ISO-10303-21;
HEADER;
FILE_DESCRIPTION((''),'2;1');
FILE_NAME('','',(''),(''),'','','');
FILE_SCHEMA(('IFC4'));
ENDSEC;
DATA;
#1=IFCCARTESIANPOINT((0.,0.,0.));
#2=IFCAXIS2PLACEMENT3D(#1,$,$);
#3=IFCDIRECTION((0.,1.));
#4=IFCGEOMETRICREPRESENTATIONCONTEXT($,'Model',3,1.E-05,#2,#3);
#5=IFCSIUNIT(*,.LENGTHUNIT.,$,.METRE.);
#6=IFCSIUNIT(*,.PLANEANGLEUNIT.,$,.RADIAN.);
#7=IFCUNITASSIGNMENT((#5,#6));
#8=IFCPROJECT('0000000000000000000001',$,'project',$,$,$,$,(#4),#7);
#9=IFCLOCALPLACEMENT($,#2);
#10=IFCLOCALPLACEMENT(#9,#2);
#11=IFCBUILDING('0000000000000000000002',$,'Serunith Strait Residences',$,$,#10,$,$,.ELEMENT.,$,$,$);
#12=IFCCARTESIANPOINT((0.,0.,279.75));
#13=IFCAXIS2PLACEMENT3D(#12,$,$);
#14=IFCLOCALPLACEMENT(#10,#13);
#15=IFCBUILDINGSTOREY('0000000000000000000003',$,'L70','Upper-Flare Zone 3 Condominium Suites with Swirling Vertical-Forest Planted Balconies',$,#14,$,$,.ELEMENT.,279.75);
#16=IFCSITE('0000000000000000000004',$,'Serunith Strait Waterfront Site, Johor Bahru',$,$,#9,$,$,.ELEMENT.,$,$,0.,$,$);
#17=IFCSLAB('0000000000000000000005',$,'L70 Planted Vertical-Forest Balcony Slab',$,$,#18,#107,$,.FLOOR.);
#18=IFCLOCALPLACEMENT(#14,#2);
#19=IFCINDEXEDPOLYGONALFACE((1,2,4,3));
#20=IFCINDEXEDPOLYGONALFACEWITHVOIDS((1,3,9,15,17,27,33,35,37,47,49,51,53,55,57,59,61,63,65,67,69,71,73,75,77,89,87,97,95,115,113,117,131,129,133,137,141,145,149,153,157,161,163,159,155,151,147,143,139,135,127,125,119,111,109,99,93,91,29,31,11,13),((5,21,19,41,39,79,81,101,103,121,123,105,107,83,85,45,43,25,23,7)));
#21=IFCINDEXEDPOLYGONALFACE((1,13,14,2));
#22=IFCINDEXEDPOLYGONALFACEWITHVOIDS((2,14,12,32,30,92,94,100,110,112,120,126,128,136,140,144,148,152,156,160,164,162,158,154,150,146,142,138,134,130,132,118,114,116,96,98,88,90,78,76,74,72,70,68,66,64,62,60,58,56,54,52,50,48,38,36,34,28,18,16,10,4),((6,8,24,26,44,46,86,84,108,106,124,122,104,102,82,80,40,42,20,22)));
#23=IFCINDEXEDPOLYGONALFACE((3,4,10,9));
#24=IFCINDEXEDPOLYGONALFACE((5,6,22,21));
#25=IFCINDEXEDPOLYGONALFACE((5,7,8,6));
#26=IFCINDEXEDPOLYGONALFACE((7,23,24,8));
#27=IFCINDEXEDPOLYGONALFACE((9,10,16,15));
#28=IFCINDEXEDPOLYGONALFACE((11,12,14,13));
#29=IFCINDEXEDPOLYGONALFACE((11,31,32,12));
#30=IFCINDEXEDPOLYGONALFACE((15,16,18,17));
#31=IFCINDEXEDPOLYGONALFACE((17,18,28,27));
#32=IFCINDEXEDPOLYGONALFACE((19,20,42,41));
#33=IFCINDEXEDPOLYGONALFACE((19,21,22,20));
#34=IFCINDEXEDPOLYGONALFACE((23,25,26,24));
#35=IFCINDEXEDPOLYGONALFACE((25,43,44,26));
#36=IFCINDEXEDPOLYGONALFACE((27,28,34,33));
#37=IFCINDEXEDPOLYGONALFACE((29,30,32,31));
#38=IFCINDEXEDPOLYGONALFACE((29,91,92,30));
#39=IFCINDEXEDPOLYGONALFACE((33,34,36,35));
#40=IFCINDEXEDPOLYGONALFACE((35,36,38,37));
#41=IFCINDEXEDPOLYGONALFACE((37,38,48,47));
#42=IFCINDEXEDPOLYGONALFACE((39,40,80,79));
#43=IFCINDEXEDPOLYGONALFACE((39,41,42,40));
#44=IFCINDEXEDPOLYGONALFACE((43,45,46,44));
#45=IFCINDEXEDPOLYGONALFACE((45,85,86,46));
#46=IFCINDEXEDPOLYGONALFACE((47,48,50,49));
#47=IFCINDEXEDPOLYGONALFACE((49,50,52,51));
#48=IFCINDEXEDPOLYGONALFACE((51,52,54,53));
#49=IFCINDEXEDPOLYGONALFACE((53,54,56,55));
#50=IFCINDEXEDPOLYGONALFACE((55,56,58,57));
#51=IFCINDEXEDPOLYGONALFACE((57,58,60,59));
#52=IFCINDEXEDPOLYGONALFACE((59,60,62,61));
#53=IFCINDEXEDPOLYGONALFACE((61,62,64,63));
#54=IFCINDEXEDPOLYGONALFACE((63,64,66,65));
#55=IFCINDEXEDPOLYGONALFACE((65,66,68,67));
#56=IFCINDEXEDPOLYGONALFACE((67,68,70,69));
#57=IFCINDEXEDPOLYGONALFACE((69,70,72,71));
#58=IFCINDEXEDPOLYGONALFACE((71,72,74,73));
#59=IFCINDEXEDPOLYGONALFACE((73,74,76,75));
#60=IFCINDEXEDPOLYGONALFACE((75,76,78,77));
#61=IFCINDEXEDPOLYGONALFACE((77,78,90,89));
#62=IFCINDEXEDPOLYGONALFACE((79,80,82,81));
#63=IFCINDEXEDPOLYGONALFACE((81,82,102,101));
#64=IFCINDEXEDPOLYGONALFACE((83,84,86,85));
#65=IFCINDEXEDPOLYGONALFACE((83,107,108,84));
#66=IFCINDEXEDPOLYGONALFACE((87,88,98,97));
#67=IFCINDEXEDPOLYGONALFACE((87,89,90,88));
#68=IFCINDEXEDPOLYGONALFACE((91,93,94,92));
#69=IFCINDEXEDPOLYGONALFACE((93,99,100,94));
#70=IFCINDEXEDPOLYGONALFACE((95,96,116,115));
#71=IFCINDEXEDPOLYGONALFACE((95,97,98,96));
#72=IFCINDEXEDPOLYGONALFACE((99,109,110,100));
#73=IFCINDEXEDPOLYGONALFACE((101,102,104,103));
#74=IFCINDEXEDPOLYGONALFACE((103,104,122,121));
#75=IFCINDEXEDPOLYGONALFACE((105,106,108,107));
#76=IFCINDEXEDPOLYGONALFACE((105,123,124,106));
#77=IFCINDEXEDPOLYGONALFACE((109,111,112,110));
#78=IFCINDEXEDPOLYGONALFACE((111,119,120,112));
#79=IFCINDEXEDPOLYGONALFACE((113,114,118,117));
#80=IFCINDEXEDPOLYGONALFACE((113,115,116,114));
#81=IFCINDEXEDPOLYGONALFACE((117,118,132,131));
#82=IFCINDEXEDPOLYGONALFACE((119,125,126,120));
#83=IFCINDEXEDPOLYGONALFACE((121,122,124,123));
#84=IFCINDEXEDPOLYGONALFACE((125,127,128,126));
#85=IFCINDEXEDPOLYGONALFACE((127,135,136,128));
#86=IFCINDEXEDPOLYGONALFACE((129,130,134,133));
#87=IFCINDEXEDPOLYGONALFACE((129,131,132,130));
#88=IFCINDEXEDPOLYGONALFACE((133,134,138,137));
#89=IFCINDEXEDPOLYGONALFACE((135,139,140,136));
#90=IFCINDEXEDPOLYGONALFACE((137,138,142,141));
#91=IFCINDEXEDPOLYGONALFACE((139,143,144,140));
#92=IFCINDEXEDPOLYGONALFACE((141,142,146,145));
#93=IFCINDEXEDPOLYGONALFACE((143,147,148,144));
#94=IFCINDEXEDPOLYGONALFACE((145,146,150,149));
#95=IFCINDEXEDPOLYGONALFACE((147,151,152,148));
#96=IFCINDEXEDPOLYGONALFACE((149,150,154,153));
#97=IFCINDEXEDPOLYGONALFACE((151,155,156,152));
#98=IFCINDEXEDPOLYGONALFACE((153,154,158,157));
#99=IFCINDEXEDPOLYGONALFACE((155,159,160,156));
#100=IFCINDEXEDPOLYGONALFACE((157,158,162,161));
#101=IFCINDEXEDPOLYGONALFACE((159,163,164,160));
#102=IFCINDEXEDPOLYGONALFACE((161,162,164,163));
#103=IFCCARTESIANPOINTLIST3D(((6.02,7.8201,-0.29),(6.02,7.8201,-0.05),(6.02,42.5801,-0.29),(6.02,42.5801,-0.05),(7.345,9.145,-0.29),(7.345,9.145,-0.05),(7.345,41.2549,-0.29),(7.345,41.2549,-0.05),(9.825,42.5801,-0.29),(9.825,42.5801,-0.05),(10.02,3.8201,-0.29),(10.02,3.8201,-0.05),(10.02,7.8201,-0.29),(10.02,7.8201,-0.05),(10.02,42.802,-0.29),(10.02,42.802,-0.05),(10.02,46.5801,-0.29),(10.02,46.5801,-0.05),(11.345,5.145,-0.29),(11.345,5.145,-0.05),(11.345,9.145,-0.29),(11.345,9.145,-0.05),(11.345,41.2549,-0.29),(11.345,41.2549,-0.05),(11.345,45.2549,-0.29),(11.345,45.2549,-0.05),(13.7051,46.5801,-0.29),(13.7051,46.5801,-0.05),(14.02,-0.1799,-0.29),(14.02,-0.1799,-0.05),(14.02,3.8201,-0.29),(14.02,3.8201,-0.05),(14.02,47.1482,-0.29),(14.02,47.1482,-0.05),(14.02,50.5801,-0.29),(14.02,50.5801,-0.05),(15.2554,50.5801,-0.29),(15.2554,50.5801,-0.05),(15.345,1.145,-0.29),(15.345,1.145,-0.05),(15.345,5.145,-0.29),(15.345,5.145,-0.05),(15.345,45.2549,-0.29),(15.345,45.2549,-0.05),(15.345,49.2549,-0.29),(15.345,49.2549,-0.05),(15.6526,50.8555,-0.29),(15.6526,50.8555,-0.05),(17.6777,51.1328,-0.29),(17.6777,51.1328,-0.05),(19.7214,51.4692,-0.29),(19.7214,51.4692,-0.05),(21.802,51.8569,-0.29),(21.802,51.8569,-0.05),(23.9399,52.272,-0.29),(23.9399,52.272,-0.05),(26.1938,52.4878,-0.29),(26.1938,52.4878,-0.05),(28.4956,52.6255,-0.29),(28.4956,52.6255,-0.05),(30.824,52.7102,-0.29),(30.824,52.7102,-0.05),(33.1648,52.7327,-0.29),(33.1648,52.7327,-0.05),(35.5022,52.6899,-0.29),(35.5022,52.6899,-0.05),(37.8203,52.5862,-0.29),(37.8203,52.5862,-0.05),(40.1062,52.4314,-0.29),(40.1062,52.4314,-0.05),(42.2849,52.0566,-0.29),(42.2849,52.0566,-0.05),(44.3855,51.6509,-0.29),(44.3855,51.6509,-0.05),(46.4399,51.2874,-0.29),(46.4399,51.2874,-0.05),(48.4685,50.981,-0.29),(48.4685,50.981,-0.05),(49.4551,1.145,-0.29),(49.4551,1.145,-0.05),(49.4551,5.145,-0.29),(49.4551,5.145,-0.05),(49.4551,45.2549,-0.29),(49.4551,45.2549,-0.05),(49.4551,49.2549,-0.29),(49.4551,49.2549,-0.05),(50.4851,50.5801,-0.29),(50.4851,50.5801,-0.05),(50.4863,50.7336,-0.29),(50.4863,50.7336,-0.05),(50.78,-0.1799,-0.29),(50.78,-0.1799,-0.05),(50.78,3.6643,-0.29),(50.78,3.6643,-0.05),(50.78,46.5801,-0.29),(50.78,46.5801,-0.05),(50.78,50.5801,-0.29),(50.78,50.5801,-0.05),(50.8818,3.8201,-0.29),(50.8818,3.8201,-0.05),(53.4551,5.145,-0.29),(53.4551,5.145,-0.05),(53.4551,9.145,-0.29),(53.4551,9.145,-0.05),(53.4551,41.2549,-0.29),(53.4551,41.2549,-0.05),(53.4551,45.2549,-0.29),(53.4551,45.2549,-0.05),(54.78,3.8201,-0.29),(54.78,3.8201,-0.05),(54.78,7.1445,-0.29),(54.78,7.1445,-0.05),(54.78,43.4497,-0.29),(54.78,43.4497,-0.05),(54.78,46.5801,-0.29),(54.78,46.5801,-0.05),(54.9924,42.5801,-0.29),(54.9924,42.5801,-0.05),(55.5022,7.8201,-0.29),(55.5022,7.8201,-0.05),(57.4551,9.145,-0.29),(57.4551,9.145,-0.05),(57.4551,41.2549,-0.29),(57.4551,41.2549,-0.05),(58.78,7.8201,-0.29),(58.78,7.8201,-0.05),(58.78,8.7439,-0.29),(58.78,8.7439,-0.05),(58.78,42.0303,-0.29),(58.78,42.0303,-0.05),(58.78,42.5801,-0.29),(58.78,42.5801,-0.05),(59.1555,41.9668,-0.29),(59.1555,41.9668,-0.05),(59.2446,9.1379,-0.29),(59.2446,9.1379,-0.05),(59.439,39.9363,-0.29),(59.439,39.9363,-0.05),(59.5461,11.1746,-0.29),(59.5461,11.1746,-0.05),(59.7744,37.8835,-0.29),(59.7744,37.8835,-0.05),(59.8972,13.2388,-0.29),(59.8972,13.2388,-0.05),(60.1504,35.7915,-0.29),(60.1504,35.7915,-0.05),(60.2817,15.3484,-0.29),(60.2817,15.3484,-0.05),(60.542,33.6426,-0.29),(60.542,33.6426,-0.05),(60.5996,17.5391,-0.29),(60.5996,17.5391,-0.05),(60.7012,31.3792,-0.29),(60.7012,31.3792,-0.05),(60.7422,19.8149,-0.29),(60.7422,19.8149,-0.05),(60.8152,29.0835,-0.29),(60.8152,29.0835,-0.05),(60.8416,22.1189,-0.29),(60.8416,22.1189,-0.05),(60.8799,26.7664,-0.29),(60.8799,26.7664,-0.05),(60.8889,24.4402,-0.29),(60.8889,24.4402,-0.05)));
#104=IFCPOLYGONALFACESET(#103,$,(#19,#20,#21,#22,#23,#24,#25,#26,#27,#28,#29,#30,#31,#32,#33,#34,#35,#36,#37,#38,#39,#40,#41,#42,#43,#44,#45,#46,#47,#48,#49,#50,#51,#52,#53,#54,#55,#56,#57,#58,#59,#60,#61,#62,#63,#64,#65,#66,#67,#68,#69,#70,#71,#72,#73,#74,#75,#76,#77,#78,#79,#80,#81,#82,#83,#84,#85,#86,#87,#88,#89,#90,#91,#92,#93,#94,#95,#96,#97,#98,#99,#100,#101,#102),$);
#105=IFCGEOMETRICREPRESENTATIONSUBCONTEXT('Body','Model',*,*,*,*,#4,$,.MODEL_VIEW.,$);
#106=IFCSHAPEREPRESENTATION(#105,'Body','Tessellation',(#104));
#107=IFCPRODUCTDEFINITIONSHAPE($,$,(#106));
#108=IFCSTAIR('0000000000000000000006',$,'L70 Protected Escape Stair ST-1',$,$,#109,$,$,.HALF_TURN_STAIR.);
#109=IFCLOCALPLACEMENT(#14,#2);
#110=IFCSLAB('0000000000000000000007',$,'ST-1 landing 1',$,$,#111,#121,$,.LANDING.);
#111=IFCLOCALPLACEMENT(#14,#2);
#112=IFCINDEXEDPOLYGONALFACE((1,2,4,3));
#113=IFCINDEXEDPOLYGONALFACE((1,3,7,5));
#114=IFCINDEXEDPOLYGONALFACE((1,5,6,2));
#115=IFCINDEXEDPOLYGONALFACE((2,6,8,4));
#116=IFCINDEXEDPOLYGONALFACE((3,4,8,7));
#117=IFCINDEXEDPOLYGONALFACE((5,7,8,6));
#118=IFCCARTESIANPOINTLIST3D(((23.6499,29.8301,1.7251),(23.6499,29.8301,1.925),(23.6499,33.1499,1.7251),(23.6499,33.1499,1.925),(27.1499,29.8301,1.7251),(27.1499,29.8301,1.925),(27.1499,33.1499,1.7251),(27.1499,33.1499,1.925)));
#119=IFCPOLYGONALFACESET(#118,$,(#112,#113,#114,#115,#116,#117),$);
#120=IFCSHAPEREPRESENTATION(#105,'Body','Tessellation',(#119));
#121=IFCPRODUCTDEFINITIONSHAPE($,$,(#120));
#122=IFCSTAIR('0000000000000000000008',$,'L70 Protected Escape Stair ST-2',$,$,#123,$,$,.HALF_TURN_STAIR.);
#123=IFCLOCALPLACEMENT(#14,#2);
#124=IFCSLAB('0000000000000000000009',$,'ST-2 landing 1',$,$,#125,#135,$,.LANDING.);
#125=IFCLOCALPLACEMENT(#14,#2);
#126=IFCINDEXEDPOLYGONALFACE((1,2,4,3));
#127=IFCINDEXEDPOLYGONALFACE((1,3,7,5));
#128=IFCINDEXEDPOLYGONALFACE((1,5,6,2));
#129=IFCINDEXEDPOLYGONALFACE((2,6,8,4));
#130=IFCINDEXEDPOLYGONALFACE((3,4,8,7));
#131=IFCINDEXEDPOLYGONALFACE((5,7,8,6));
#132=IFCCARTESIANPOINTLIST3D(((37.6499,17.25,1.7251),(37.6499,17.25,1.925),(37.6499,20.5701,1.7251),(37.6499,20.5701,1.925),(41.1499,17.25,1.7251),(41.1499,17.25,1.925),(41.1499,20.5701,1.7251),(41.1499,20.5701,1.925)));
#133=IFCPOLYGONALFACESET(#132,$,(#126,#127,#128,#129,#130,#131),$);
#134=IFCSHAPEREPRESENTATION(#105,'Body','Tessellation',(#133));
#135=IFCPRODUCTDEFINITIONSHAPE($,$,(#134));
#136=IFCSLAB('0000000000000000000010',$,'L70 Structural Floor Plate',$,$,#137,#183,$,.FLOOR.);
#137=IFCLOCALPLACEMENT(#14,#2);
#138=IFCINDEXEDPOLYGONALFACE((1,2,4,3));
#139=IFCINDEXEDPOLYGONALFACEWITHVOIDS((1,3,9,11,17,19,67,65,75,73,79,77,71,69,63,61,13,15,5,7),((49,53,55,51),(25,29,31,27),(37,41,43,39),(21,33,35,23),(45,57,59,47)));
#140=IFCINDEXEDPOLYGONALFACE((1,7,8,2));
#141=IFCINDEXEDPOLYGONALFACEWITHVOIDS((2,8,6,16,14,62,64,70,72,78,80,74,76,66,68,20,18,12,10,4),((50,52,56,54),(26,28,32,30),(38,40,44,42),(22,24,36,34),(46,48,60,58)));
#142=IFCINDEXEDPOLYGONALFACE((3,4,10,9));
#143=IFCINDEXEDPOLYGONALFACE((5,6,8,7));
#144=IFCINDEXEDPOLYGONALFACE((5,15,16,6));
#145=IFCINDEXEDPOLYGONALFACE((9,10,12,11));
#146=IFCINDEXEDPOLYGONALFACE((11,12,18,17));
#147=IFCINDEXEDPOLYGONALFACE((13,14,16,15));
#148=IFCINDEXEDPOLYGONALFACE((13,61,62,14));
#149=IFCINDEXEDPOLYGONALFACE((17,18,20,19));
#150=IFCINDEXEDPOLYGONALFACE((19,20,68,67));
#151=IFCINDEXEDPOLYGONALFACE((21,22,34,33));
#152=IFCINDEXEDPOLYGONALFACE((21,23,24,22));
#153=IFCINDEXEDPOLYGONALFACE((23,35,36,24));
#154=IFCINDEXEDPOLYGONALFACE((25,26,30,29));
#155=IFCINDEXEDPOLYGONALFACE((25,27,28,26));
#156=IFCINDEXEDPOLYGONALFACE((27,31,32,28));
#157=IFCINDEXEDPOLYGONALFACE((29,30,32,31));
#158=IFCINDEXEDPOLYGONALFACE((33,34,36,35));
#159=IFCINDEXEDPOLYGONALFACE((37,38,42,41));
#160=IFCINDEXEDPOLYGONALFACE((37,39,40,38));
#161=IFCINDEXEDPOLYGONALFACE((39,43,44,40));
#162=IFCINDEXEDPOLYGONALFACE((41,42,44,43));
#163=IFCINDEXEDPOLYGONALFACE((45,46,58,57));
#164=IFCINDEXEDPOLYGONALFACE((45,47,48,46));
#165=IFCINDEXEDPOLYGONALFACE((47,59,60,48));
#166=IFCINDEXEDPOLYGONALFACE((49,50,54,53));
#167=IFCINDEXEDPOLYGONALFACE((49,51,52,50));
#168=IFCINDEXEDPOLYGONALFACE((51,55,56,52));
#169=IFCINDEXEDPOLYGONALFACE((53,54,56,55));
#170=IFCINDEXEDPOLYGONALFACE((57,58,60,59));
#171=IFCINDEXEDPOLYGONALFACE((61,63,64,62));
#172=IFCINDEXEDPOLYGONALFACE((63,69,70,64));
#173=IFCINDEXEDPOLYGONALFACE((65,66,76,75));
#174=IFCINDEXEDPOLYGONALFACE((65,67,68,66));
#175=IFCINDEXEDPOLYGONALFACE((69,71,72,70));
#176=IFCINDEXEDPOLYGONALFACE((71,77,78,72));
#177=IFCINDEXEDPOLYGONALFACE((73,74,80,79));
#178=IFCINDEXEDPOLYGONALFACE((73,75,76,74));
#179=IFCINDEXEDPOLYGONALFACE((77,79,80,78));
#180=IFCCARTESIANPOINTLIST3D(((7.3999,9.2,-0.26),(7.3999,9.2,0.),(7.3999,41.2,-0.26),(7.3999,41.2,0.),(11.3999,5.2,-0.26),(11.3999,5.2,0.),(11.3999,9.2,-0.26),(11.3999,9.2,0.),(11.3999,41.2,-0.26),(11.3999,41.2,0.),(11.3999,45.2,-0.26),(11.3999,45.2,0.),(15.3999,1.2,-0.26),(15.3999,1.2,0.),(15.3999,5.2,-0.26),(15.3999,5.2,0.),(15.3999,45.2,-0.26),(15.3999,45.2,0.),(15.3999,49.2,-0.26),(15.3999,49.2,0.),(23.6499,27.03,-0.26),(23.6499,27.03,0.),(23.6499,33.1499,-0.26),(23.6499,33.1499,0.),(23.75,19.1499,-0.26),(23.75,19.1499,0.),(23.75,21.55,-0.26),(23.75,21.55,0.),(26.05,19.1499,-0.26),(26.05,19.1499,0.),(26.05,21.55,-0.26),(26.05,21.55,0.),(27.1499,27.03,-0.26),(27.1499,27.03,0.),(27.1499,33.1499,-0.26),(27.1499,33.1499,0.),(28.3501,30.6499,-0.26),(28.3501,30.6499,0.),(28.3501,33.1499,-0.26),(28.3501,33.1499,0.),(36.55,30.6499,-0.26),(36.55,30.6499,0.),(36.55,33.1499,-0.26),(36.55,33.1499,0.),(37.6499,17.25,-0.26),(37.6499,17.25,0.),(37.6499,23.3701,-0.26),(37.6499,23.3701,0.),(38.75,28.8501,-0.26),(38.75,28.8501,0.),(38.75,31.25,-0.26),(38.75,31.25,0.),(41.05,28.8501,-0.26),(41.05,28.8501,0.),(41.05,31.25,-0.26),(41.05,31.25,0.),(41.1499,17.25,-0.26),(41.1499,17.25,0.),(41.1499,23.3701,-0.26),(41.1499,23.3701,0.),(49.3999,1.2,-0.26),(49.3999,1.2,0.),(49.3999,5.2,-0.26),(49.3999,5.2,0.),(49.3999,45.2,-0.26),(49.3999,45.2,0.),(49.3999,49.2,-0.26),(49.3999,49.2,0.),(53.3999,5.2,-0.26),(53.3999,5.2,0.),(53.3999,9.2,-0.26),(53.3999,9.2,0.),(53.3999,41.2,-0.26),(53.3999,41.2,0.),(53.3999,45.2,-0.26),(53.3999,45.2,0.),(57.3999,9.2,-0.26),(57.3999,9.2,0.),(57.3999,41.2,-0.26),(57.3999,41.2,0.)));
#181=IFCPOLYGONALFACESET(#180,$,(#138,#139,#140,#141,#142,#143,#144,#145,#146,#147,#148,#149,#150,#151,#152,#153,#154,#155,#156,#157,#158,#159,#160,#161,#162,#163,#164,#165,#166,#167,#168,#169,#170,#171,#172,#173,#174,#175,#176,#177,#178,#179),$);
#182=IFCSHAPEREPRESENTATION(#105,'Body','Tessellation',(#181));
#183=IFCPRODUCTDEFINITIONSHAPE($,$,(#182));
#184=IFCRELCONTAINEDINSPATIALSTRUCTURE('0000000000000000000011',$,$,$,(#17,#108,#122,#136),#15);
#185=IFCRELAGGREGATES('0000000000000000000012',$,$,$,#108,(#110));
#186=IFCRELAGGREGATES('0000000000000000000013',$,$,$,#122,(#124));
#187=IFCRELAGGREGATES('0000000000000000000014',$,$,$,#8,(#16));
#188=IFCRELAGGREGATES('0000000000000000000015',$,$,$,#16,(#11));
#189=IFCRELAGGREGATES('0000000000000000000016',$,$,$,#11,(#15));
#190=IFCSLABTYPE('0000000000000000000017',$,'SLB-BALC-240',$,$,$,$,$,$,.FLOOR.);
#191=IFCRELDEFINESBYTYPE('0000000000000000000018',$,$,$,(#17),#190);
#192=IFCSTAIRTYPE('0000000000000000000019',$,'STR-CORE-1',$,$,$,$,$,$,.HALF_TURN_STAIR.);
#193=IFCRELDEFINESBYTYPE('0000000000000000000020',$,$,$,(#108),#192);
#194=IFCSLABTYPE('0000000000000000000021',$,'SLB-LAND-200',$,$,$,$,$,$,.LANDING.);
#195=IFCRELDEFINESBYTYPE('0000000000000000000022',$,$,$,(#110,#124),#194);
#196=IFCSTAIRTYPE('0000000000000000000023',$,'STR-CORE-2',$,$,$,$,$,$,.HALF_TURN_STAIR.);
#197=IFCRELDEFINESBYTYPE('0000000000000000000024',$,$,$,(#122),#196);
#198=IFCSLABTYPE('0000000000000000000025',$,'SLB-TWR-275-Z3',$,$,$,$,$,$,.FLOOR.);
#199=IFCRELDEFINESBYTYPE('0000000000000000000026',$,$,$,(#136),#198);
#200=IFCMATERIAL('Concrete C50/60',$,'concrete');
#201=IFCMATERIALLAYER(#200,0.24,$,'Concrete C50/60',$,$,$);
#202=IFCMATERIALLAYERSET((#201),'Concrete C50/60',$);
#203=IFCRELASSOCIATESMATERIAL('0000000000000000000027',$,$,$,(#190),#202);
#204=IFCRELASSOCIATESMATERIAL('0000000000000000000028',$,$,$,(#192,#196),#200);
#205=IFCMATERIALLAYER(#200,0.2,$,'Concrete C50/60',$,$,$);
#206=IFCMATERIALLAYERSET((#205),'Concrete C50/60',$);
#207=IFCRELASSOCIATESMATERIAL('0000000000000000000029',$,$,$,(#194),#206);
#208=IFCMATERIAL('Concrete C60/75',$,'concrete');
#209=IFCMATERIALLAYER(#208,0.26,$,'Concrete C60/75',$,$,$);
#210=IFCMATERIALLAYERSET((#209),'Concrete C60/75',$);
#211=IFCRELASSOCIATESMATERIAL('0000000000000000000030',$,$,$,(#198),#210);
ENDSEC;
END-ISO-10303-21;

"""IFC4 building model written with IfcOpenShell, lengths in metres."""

from ifc_helpers import new_model, si_unit, direction, frame, origin, place, context, subcontext, project, spatial, polyline, outline, extrude, material, layer, layer_set, type_object, element, aggregate, save


model = new_model("IFC4")

# Units and contexts
model_context = context("Model", 3, precision=1e-05, world=origin(), true_north=direction((0.0, 1.0)))
body_context = subcontext(model_context, "Body", "Model", "MODEL_VIEW")
ifc_project = project(units=[si_unit("LENGTHUNIT", "METRE"), si_unit("PLANEANGLEUNIT", "RADIAN")], contexts=[model_context])

# Site, building, storey
site_placement = place(None, origin())
site = spatial("IfcSite", under=ifc_project, at=site_placement, Name="Serunith Strait Waterfront Site, Johor Bahru", CompositionType="ELEMENT", RefElevation=0.0)
building_placement = place(site_placement, origin())
building = spatial("IfcBuilding", under=site, at=building_placement, Name="Serunith Strait Residences", CompositionType="ELEMENT")
storey_placement = place(building_placement, frame((0.0, 0.0, 279.75)))
storey = spatial("IfcBuildingStorey", under=building, at=storey_placement, Name="L70", Description="Upper-Flare Zone 3 Condominium Suites with Swirling Vertical-Forest Planted Balconies", CompositionType="ELEMENT", Elevation=279.75)

# Slab
ifc_material_1 = material(Name="Concrete C50/60", Category="concrete")
ifc_layer_1 = layer(ifc_material_1, 0.24, Name="Concrete C50/60")
ifc_layer_set_1 = layer_set([ifc_layer_1], Name="Concrete C50/60")
slab_type_1 = type_object("IfcSlabType", Name="SLB-BALC-240", PredefinedType="FLOOR", material=ifc_layer_set_1)
slab_1_placement = place(storey_placement, frame((0.0, 0.0, -0.29)))
element("IfcSlab", 1, at=slab_1_placement, inside=storey, type_object=slab_type_1, Name="L70 Planted Vertical-Forest Balcony Slab", PredefinedType="FLOOR", context=body_context, shape_type="SweptSolid", body=[
    extrude(outline(polyline([(10.02, 46.5801), (13.7051, 46.5801), (14.02, 47.1482), (14.02, 50.5801), (15.2554, 50.5801), (15.6526, 50.8555), (17.6777, 51.1328), (19.7214, 51.4692), (21.802, 51.8569), (23.9399, 52.272), (26.1938, 52.4878), (28.4956, 52.6255), (30.824, 52.7102), (33.1648, 52.7327), (35.5022, 52.6899), (37.8203, 52.5862), (40.1062, 52.4314), (42.2849, 52.0566), (44.3855, 51.6509), (46.4399, 51.2874), (48.4685, 50.981), (50.4863, 50.7336), (50.4851, 50.5801), (50.78, 50.5801), (50.78, 46.5801), (54.78, 46.5801), (54.78, 43.4497), (54.9924, 42.5801), (58.78, 42.5801), (58.78, 42.0303), (59.1555, 41.9668), (59.439, 39.9363), (59.7744, 37.8835), (60.1504, 35.7915), (60.542, 33.6426), (60.7012, 31.3792), (60.8152, 29.0835), (60.8799, 26.7664), (60.8889, 24.4402), (60.8416, 22.1189), (60.7422, 19.8149), (60.5996, 17.5391), (60.2817, 15.3484), (59.8972, 13.2388), (59.5461, 11.1746), (59.2446, 9.1379), (58.78, 8.7439), (58.78, 7.8201), (55.5022, 7.8201), (54.78, 7.1445), (54.78, 3.8201), (50.8818, 3.8201), (50.78, 3.6643), (50.78, -0.1799), (14.02, -0.1799), (14.02, 3.8201), (10.02, 3.8201), (10.02, 7.8201), (6.02, 7.8201), (6.02, 42.5801), (9.825, 42.5801), (10.02, 42.802), (10.02, 46.5801)]), holes=[polyline([(49.4551, 1.145), (49.4551, 5.145), (53.4551, 5.145), (53.4551, 9.145), (57.4551, 9.145), (57.4551, 41.2549), (53.4551, 41.2549), (53.4551, 45.2549), (49.4551, 45.2549), (49.4551, 49.2549), (15.345, 49.2549), (15.345, 45.2549), (11.345, 45.2549), (11.345, 41.2549), (7.345, 41.2549), (7.345, 9.145), (11.345, 9.145), (11.345, 5.145), (15.345, 5.145), (15.345, 1.145), (49.4551, 1.145)])]), origin(), (0.0, 0.0, 1.0), 0.24),
])

# Stairs, slabs
stair_type_1 = type_object("IfcStairType", Name="STR-CORE-1", PredefinedType="HALF_TURN_STAIR", material=ifc_material_1)
stair_1_placement = place(storey_placement, origin())
stair_1 = element("IfcStair", 2, at=stair_1_placement, inside=storey, type_object=stair_type_1, Name="L70 Protected Escape Stair ST-1", PredefinedType="HALF_TURN_STAIR")
ifc_layer_2 = layer(ifc_material_1, 0.2, Name="Concrete C50/60")
ifc_layer_set_2 = layer_set([ifc_layer_2], Name="Concrete C50/60")
slab_type_2 = type_object("IfcSlabType", Name="SLB-LAND-200", PredefinedType="LANDING", material=ifc_layer_set_2)
slab_2_placement = place(storey_placement, frame((0.0, 0.0, 1.7251)))
slab_2 = element("IfcSlab", 3, at=slab_2_placement, type_object=slab_type_2, Name="ST-1 landing 1", PredefinedType="LANDING", context=body_context, shape_type="SweptSolid", body=[
    extrude(outline(polyline([(27.1499, 29.8301), (27.1499, 33.1499), (23.6499, 33.1499), (23.6499, 29.8301), (27.1499, 29.8301)])), origin(), (0.0, 0.0, 1.0), 0.2),
])
aggregate(stair_1, [slab_2])
stair_type_2 = type_object("IfcStairType", Name="STR-CORE-2", PredefinedType="HALF_TURN_STAIR", material=ifc_material_1)
stair_2_placement = place(storey_placement, origin())
stair_2 = element("IfcStair", 4, at=stair_2_placement, inside=storey, type_object=stair_type_2, Name="L70 Protected Escape Stair ST-2", PredefinedType="HALF_TURN_STAIR")
slab_3_placement = place(storey_placement, frame((0.0, 0.0, 1.7251)))
slab_3 = element("IfcSlab", 5, at=slab_3_placement, type_object=slab_type_2, Name="ST-2 landing 1", PredefinedType="LANDING", context=body_context, shape_type="SweptSolid", body=[
    extrude(outline(polyline([(37.6499, 20.5701), (37.6499, 17.25), (41.1499, 17.25), (41.1499, 20.5701), (37.6499, 20.5701)])), origin(), (0.0, 0.0, 1.0), 0.2),
])
aggregate(stair_2, [slab_3])

# Slab
ifc_material_2 = material(Name="Concrete C60/75", Category="concrete")
ifc_layer_3 = layer(ifc_material_2, 0.26, Name="Concrete C60/75")
ifc_layer_set_3 = layer_set([ifc_layer_3], Name="Concrete C60/75")
slab_type_3 = type_object("IfcSlabType", Name="SLB-TWR-275-Z3", PredefinedType="FLOOR", material=ifc_layer_set_3)
slab_4_placement = place(storey_placement, frame((0.0, 0.0, -0.26)))
element("IfcSlab", 6, at=slab_4_placement, inside=storey, type_object=slab_type_3, Name="L70 Structural Floor Plate", PredefinedType="FLOOR", context=body_context, shape_type="SweptSolid", body=[
    extrude(outline(polyline([(15.3999, 5.2), (11.3999, 5.2), (11.3999, 9.2), (7.3999, 9.2), (7.3999, 41.2), (11.3999, 41.2), (11.3999, 45.2), (15.3999, 45.2), (15.3999, 49.2), (49.3999, 49.2), (49.3999, 45.2), (53.3999, 45.2), (53.3999, 41.2), (57.3999, 41.2), (57.3999, 9.2), (53.3999, 9.2), (53.3999, 5.2), (49.3999, 5.2), (49.3999, 1.2), (15.3999, 1.2), (15.3999, 5.2)]), holes=[polyline([(41.1499, 23.3701), (37.6499, 23.3701), (37.6499, 17.25), (41.1499, 17.25), (41.1499, 23.3701)]), polyline([(38.75, 31.25), (38.75, 28.8501), (41.05, 28.8501), (41.05, 31.25), (38.75, 31.25)]), polyline([(36.55, 33.1499), (28.3501, 33.1499), (28.3501, 30.6499), (36.55, 30.6499), (36.55, 33.1499)]), polyline([(23.6499, 33.1499), (23.6499, 27.03), (27.1499, 27.03), (27.1499, 33.1499), (23.6499, 33.1499)]), polyline([(23.75, 21.55), (23.75, 19.1499), (26.05, 19.1499), (26.05, 21.55), (23.75, 21.55)])]), origin(), (0.0, 0.0, 1.0), 0.26),
])

save(model, "model.ifc")
